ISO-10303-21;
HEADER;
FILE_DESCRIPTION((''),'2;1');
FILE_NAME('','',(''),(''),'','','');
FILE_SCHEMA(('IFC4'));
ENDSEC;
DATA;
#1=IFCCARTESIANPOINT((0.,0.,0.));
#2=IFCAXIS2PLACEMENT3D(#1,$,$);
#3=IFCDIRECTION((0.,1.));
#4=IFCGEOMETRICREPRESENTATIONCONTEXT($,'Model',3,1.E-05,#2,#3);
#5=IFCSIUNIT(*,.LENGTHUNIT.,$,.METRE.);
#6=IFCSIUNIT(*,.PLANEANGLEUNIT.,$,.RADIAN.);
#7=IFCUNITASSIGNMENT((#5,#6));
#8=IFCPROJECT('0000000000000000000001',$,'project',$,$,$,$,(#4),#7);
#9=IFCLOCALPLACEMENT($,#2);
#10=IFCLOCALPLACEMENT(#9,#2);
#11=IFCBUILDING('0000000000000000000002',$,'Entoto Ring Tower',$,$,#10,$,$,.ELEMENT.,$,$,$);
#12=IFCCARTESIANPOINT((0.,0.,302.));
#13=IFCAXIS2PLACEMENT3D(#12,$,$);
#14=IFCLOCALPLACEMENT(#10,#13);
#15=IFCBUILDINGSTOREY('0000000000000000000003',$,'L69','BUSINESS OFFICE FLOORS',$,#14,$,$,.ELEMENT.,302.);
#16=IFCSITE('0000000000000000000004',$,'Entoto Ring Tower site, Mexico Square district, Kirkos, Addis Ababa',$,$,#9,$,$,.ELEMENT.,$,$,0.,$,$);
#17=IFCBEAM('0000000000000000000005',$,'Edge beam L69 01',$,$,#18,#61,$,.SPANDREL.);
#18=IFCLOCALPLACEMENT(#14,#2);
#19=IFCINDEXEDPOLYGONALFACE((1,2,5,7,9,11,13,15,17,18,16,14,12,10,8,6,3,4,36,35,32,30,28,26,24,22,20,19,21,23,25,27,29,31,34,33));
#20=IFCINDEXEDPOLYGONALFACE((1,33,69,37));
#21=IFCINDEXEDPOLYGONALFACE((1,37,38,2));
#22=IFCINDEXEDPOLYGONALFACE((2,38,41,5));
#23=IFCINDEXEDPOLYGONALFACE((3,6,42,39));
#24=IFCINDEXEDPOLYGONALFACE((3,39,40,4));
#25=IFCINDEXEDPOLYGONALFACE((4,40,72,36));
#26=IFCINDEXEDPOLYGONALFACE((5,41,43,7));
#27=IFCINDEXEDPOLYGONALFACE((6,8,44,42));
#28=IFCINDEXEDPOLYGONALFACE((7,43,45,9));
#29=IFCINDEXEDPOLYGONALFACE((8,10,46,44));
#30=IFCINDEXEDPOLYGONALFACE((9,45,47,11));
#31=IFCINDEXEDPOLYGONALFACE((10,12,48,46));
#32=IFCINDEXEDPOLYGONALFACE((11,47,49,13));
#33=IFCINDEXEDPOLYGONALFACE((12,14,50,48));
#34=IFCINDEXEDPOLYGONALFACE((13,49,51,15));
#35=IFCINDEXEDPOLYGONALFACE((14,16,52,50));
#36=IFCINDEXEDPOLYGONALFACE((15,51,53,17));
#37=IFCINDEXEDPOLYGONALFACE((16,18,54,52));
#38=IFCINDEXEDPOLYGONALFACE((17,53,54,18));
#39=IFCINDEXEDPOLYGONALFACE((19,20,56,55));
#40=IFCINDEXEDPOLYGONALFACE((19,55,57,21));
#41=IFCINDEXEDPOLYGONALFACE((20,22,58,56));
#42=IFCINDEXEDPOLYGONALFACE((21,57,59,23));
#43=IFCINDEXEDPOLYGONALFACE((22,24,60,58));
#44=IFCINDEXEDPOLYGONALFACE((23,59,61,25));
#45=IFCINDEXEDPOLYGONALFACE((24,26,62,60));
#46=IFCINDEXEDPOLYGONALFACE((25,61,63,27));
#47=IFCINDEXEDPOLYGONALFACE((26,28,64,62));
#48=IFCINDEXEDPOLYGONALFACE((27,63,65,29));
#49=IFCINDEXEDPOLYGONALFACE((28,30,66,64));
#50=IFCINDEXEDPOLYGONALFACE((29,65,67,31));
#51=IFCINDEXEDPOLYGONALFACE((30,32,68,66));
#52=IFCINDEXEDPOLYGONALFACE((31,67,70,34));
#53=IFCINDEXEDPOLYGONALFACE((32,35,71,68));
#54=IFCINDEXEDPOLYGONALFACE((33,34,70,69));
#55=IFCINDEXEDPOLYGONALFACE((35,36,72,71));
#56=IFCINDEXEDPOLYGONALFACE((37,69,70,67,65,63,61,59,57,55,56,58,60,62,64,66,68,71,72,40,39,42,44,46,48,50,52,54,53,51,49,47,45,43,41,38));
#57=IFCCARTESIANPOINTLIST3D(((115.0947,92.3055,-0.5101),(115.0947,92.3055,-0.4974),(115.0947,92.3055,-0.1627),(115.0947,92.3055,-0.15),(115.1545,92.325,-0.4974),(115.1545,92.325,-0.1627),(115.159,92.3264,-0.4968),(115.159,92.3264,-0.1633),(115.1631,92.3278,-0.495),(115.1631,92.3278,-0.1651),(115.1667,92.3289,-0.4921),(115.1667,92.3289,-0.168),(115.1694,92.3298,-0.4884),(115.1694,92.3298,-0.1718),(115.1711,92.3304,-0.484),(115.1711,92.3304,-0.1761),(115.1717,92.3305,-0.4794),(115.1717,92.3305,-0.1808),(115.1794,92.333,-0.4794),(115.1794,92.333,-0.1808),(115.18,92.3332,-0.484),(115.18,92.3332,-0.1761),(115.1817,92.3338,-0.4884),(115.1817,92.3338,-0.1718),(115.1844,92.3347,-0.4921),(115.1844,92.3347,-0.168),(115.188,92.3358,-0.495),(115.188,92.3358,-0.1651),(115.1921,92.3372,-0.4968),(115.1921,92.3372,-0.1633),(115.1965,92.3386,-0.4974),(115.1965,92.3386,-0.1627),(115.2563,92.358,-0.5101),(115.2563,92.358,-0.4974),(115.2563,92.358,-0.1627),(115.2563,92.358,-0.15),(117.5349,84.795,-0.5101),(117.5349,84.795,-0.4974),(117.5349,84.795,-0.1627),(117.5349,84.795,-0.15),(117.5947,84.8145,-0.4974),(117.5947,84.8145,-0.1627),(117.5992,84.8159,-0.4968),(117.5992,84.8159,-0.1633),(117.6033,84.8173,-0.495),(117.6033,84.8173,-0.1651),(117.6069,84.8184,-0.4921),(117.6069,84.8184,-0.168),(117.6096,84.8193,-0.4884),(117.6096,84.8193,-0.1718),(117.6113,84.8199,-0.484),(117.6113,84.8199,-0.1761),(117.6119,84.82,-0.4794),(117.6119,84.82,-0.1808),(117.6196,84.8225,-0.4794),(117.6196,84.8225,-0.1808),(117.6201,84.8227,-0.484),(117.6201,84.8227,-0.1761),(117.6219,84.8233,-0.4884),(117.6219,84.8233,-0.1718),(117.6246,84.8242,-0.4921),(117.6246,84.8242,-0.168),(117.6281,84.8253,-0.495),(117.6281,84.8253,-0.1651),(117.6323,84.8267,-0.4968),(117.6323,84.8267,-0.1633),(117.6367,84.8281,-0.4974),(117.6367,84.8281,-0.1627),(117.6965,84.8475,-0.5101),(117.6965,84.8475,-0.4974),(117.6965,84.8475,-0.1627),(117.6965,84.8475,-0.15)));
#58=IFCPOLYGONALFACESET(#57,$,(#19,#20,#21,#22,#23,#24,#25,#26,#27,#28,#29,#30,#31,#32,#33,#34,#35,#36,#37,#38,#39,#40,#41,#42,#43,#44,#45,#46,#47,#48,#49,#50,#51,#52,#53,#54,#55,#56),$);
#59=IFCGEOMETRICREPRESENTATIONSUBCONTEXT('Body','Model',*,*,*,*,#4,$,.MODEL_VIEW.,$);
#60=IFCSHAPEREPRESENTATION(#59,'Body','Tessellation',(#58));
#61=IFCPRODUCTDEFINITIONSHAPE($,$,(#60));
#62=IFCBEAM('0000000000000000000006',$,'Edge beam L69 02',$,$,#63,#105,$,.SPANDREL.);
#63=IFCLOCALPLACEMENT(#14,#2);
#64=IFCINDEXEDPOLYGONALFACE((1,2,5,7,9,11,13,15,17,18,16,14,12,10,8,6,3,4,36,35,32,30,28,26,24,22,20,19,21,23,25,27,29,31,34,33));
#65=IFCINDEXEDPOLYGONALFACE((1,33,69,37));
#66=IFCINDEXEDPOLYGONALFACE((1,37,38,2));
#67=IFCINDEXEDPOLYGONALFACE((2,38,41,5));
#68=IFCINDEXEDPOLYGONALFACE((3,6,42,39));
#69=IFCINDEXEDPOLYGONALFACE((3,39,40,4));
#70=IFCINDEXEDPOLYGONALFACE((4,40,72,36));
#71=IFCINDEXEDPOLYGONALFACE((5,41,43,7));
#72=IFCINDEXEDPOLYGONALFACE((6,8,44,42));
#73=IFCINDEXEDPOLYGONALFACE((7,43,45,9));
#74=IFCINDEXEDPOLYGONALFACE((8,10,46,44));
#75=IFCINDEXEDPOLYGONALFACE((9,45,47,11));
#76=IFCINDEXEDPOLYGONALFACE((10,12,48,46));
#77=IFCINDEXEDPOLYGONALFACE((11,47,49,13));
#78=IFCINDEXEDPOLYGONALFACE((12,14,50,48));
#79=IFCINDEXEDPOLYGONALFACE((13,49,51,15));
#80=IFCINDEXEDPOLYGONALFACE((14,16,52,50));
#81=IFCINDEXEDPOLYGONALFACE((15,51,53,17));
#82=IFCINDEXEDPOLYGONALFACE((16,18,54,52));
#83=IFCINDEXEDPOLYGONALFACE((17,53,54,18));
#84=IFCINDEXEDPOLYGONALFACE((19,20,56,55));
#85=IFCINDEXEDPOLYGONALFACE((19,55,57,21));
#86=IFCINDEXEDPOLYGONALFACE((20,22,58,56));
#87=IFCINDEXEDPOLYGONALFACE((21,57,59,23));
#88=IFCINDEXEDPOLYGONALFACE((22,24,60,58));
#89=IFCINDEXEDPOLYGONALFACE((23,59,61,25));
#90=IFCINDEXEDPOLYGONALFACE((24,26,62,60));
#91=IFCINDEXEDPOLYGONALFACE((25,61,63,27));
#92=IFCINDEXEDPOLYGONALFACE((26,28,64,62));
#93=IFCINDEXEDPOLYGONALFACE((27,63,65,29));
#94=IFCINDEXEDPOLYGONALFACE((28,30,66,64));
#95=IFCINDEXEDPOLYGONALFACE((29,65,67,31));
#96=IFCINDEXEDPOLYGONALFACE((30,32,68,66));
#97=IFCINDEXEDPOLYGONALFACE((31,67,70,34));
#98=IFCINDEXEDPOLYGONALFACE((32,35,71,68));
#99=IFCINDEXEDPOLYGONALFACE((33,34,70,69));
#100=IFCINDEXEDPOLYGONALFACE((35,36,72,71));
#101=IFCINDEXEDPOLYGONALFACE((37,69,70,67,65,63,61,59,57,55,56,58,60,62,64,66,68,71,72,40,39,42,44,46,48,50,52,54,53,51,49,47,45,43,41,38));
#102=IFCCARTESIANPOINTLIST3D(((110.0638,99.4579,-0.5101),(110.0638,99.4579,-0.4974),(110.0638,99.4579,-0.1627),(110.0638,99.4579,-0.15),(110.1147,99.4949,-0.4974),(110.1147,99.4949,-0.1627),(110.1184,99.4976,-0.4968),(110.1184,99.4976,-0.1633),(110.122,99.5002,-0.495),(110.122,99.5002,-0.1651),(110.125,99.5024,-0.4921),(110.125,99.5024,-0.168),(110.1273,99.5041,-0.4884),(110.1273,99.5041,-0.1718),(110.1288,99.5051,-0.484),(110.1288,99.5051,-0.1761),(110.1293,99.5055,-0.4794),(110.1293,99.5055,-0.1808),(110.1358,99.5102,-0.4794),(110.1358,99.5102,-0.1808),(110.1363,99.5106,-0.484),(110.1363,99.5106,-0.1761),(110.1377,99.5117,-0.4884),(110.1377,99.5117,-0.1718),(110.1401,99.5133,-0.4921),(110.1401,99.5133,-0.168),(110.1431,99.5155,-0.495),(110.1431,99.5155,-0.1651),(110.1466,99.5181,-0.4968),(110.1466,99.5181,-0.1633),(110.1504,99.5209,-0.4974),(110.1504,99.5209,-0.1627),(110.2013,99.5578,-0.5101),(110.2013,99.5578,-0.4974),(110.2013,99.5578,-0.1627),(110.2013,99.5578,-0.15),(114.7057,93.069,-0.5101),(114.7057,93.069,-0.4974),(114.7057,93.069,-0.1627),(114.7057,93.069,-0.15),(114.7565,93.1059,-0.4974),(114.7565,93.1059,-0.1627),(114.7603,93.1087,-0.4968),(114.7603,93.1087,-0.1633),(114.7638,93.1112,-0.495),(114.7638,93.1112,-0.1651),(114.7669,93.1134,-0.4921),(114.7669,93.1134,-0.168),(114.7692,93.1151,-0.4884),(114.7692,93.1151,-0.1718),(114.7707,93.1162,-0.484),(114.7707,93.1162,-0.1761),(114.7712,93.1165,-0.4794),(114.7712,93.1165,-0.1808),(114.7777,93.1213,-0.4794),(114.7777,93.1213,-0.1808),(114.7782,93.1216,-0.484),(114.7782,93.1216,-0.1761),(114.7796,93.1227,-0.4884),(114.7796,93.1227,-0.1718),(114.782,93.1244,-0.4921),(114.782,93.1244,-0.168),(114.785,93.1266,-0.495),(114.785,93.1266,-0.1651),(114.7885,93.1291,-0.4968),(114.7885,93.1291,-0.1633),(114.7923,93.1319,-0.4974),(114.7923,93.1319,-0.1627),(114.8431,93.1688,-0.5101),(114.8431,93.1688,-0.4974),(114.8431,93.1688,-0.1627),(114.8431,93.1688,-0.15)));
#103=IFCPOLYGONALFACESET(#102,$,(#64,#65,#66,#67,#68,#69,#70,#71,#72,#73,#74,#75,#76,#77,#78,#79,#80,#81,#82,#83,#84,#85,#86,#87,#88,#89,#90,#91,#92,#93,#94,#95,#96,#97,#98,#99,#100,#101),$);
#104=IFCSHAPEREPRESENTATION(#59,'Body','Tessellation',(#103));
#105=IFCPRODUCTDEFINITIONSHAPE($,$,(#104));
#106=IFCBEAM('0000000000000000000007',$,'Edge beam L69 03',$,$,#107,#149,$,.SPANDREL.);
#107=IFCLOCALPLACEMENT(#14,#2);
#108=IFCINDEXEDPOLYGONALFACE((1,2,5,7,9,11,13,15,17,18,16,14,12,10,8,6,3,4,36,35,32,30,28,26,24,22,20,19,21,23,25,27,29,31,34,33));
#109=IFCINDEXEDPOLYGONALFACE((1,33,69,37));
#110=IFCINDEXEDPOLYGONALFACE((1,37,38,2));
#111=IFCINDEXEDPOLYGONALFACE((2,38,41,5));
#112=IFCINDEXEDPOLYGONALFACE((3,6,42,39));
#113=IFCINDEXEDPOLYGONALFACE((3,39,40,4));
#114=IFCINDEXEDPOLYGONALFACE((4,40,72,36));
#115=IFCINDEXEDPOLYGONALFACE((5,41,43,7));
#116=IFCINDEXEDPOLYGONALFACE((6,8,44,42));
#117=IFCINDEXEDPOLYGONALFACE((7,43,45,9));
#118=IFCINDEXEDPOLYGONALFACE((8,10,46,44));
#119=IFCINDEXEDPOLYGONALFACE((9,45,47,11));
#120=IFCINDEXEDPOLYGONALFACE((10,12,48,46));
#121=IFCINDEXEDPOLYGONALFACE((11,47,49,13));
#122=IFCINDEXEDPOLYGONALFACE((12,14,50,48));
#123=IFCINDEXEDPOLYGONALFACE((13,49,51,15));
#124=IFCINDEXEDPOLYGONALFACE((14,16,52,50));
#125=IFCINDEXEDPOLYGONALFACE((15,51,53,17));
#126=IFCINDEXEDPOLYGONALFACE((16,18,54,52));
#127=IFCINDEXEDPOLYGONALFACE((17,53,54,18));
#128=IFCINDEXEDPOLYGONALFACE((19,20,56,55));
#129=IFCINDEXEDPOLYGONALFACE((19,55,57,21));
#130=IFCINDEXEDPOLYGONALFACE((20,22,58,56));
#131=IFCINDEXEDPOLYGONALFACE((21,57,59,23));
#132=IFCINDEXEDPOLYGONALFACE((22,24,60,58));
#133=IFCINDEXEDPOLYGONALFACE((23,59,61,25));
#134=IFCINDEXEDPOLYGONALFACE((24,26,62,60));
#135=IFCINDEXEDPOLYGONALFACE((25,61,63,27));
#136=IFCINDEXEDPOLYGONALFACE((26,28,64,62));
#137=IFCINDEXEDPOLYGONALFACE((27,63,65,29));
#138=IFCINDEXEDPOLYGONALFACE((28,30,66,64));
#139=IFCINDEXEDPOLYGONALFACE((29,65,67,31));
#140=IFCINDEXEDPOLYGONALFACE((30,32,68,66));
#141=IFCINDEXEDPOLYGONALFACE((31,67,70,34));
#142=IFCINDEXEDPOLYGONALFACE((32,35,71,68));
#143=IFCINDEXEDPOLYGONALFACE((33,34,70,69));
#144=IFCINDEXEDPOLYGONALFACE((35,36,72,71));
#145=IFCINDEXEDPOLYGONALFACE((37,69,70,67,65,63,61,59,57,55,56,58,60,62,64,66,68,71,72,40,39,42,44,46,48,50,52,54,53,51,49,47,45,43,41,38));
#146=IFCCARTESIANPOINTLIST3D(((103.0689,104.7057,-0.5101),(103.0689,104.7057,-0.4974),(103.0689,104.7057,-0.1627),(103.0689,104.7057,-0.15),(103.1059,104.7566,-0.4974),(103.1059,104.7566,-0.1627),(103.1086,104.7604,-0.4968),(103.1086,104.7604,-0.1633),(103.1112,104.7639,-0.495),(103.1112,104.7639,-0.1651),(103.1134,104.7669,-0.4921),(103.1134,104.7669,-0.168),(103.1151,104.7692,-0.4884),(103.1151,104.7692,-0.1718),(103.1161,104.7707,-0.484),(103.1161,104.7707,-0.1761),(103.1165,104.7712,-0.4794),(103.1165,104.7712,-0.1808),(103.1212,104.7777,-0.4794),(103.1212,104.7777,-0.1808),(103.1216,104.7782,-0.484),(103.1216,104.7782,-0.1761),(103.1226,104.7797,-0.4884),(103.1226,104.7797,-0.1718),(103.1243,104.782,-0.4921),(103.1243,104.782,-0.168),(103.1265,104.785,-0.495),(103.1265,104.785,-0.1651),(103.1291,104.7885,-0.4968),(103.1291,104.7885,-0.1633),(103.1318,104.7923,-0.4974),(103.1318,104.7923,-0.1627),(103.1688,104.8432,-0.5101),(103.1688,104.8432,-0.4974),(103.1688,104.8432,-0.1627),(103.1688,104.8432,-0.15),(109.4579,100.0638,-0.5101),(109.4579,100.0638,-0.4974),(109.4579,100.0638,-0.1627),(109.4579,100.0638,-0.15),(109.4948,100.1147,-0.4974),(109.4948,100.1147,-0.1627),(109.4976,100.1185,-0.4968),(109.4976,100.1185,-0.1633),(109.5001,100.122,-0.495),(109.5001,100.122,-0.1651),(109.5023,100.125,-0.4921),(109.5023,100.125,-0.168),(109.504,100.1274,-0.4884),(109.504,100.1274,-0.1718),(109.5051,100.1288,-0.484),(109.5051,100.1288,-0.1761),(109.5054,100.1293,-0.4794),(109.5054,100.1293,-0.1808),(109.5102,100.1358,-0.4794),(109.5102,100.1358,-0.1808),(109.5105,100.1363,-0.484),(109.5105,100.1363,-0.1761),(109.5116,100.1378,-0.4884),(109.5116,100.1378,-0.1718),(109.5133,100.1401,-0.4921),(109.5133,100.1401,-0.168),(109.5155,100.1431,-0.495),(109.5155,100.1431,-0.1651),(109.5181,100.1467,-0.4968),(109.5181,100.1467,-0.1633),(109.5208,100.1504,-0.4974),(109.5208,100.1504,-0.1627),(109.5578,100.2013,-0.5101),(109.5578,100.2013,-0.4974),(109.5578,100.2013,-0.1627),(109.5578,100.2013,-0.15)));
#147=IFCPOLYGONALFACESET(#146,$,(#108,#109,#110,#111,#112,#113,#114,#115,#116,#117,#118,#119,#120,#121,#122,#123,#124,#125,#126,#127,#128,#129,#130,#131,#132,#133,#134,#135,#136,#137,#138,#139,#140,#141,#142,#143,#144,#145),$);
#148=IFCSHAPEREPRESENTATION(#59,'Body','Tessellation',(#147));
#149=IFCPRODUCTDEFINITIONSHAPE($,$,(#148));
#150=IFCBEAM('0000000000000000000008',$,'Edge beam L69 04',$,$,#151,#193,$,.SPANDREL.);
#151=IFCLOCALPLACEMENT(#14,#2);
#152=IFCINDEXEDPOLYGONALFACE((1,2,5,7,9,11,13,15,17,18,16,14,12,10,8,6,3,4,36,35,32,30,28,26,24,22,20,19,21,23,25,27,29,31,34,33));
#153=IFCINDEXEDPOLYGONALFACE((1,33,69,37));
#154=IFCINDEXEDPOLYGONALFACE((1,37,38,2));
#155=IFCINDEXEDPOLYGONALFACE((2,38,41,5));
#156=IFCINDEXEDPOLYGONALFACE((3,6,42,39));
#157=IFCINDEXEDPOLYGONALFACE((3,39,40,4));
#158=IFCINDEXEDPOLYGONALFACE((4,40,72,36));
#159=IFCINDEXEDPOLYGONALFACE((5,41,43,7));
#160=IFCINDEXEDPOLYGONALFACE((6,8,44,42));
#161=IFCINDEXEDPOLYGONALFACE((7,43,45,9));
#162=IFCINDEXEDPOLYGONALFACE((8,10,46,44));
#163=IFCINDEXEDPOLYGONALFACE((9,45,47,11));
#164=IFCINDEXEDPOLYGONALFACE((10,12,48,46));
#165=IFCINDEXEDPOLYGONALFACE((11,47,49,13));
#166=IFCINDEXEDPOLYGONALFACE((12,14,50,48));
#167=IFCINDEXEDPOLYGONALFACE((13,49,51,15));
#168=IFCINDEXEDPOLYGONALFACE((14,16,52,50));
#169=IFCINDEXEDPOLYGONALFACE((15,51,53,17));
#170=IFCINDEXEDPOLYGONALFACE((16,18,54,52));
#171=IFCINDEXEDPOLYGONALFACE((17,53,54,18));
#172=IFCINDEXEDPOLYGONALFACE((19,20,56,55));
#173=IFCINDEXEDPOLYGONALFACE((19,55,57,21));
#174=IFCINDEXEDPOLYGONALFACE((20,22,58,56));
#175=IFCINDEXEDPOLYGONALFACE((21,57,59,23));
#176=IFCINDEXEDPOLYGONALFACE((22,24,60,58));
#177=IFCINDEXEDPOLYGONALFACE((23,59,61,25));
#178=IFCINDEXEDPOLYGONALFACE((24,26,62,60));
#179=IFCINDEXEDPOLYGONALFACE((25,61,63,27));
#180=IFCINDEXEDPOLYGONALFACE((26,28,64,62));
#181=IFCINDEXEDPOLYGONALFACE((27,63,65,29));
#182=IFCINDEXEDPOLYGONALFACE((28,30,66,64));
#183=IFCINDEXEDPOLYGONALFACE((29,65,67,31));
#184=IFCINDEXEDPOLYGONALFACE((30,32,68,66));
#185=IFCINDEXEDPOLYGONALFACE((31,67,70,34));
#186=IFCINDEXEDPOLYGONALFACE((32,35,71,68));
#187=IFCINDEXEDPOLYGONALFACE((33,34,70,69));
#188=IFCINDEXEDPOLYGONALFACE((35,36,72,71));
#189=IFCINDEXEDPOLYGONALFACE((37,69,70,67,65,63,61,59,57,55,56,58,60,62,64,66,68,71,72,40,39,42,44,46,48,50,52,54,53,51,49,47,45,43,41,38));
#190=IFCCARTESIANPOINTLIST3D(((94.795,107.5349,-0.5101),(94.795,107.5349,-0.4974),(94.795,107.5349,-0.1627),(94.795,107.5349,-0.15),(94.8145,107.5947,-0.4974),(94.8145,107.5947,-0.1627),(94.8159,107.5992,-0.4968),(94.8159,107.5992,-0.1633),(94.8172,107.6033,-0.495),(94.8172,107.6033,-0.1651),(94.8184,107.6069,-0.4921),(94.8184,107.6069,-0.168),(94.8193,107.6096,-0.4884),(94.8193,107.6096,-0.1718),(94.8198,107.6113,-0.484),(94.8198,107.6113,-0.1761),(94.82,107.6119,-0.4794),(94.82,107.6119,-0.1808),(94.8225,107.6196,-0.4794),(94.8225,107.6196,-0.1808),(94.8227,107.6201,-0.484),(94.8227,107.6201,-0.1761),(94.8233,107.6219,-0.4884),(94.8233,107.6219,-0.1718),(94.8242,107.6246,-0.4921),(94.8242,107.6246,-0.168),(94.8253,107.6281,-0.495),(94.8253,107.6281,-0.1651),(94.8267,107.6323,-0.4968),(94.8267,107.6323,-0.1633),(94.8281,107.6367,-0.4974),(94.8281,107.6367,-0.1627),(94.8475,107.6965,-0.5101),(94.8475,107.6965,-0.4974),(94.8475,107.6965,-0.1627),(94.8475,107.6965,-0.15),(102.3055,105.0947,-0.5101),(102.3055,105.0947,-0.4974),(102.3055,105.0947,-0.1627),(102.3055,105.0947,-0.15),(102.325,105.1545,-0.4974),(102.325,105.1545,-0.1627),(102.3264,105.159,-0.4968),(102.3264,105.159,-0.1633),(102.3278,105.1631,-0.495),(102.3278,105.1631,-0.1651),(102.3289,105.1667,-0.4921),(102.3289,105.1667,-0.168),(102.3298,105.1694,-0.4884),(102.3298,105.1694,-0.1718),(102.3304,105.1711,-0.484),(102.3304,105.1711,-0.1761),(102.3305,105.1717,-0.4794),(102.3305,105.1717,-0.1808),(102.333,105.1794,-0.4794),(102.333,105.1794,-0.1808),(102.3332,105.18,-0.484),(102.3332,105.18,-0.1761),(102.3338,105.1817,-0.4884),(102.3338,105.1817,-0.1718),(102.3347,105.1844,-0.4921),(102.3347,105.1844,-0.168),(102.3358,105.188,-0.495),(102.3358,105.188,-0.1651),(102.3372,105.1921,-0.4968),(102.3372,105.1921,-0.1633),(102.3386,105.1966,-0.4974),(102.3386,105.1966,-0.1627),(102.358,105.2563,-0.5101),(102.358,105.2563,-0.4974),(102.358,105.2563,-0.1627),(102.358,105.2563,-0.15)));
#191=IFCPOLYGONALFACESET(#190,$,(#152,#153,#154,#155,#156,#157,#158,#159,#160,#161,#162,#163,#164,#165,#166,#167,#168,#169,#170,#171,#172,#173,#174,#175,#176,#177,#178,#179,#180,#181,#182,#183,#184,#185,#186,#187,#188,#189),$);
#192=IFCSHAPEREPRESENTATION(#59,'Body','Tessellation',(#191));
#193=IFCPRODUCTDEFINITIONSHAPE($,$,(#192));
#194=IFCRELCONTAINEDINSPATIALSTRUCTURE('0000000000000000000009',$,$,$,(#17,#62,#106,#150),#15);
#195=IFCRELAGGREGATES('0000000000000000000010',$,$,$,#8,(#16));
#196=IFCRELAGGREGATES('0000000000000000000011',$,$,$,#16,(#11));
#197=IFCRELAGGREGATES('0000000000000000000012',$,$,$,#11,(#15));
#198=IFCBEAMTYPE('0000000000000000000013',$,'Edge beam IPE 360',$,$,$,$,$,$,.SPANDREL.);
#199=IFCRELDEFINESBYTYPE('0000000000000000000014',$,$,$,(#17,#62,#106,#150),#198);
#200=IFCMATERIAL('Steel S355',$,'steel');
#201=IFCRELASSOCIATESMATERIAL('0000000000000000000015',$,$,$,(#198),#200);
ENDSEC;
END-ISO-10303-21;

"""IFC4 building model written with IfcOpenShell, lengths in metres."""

from ifc_helpers import new_model, si_unit, direction, frame, origin, origin_2d, place, context, subcontext, project, spatial, i_section, extrude, material, material_profile, profile_set, type_object, element, save


model = new_model("IFC4")

# Units and contexts
model_context = context("Model", 3, precision=1e-05, world=origin(), true_north=direction((0.0, 1.0)))
body_context = subcontext(model_context, "Body", "Model", "MODEL_VIEW")
ifc_project = project(units=[si_unit("LENGTHUNIT", "METRE"), si_unit("PLANEANGLEUNIT", "RADIAN")], contexts=[model_context])

# Site, building, storey
site_placement = place(None, origin())
site = spatial("IfcSite", under=ifc_project, at=site_placement, Name="Entoto Ring Tower site, Mexico Square district, Kirkos, Addis Ababa", CompositionType="ELEMENT", RefElevation=0.0)
building_placement = place(site_placement, origin())
building = spatial("IfcBuilding", under=site, at=building_placement, Name="Entoto Ring Tower", CompositionType="ELEMENT")
storey_placement = place(building_placement, frame((0.0, 0.0, 302.0)))
storey = spatial("IfcBuildingStorey", under=building, at=storey_placement, Name="L69", Description="BUSINESS OFFICE FLOORS", CompositionType="ELEMENT", Elevation=302.0)

# Beams
ifc_material_1 = material(Name="Steel S355", Category="steel")
ifc_material_profile_1 = material_profile(ifc_material_1, i_section(OverallWidth=0.1699, OverallDepth=0.3601, WebThickness=0.0081, FlangeThickness=0.0127, FilletRadius=0.0181, at=origin_2d()), Name="IPE 360")
ifc_profile_set_1 = profile_set([ifc_material_profile_1], Name="Steel S355")
beam_type_1 = type_object("IfcBeamType", Name="Edge beam IPE 360", PredefinedType="SPANDREL", material=ifc_profile_set_1)
beam_1_placement = place(storey_placement, frame((117.6157, 84.8213, -0.3301), z_axis=(-0.309003, 0.951061, 0.0), x_axis=(-0.951061, -0.309003, 0.0)))
element("IfcBeam", 1, at=beam_1_placement, inside=storey, type_object=beam_type_1, Name="Edge beam L69 01", PredefinedType="SPANDREL", context=body_context, shape_type="SweptSolid", body=[
    extrude(i_section(OverallWidth=0.1699, OverallDepth=0.3601, WebThickness=0.0081, FlangeThickness=0.0127, FilletRadius=0.0181, at=origin_2d()), origin(), (0.0, 0.0, 1.0), 7.897),
])
for number, where, z_axis, x_axis, name in (
    (2, (114.7744, 93.1189, -0.3301), (-0.587787, 0.809015, 0.0), (-0.809015, -0.587787, 0.0), "Edge beam L69 02"),
    (3, (109.5078, 100.1326, -0.3301), (-0.809015, 0.587787, 0.0), (-0.587787, -0.809015, 0.0), "Edge beam L69 03"),
):
    element("IfcBeam", number, at=place(storey_placement, frame(where, z_axis=z_axis, x_axis=x_axis)), inside=storey, type_object=beam_type_1, Name=name, PredefinedType="SPANDREL", context=body_context, shape_type="SweptSolid", body=[
        extrude(i_section(OverallWidth=0.1699, OverallDepth=0.3601, WebThickness=0.0081, FlangeThickness=0.0127, FilletRadius=0.0181, at=origin_2d()), origin(), (0.0, 0.0, 1.0), 7.8972),
    ])
beam_2_placement = place(storey_placement, frame((102.3318, 105.1755, -0.3301), z_axis=(-0.951061, 0.309003, 0.0), x_axis=(-0.309003, -0.951061, 0.0)))
element("IfcBeam", 4, at=beam_2_placement, inside=storey, type_object=beam_type_1, Name="Edge beam L69 04", PredefinedType="SPANDREL", context=body_context, shape_type="SweptSolid", body=[
    extrude(i_section(OverallWidth=0.1699, OverallDepth=0.3601, WebThickness=0.0081, FlangeThickness=0.0127, FilletRadius=0.0181, at=origin_2d()), origin(), (0.0, 0.0, 1.0), 7.897),
])

save(model, "model.ifc")
